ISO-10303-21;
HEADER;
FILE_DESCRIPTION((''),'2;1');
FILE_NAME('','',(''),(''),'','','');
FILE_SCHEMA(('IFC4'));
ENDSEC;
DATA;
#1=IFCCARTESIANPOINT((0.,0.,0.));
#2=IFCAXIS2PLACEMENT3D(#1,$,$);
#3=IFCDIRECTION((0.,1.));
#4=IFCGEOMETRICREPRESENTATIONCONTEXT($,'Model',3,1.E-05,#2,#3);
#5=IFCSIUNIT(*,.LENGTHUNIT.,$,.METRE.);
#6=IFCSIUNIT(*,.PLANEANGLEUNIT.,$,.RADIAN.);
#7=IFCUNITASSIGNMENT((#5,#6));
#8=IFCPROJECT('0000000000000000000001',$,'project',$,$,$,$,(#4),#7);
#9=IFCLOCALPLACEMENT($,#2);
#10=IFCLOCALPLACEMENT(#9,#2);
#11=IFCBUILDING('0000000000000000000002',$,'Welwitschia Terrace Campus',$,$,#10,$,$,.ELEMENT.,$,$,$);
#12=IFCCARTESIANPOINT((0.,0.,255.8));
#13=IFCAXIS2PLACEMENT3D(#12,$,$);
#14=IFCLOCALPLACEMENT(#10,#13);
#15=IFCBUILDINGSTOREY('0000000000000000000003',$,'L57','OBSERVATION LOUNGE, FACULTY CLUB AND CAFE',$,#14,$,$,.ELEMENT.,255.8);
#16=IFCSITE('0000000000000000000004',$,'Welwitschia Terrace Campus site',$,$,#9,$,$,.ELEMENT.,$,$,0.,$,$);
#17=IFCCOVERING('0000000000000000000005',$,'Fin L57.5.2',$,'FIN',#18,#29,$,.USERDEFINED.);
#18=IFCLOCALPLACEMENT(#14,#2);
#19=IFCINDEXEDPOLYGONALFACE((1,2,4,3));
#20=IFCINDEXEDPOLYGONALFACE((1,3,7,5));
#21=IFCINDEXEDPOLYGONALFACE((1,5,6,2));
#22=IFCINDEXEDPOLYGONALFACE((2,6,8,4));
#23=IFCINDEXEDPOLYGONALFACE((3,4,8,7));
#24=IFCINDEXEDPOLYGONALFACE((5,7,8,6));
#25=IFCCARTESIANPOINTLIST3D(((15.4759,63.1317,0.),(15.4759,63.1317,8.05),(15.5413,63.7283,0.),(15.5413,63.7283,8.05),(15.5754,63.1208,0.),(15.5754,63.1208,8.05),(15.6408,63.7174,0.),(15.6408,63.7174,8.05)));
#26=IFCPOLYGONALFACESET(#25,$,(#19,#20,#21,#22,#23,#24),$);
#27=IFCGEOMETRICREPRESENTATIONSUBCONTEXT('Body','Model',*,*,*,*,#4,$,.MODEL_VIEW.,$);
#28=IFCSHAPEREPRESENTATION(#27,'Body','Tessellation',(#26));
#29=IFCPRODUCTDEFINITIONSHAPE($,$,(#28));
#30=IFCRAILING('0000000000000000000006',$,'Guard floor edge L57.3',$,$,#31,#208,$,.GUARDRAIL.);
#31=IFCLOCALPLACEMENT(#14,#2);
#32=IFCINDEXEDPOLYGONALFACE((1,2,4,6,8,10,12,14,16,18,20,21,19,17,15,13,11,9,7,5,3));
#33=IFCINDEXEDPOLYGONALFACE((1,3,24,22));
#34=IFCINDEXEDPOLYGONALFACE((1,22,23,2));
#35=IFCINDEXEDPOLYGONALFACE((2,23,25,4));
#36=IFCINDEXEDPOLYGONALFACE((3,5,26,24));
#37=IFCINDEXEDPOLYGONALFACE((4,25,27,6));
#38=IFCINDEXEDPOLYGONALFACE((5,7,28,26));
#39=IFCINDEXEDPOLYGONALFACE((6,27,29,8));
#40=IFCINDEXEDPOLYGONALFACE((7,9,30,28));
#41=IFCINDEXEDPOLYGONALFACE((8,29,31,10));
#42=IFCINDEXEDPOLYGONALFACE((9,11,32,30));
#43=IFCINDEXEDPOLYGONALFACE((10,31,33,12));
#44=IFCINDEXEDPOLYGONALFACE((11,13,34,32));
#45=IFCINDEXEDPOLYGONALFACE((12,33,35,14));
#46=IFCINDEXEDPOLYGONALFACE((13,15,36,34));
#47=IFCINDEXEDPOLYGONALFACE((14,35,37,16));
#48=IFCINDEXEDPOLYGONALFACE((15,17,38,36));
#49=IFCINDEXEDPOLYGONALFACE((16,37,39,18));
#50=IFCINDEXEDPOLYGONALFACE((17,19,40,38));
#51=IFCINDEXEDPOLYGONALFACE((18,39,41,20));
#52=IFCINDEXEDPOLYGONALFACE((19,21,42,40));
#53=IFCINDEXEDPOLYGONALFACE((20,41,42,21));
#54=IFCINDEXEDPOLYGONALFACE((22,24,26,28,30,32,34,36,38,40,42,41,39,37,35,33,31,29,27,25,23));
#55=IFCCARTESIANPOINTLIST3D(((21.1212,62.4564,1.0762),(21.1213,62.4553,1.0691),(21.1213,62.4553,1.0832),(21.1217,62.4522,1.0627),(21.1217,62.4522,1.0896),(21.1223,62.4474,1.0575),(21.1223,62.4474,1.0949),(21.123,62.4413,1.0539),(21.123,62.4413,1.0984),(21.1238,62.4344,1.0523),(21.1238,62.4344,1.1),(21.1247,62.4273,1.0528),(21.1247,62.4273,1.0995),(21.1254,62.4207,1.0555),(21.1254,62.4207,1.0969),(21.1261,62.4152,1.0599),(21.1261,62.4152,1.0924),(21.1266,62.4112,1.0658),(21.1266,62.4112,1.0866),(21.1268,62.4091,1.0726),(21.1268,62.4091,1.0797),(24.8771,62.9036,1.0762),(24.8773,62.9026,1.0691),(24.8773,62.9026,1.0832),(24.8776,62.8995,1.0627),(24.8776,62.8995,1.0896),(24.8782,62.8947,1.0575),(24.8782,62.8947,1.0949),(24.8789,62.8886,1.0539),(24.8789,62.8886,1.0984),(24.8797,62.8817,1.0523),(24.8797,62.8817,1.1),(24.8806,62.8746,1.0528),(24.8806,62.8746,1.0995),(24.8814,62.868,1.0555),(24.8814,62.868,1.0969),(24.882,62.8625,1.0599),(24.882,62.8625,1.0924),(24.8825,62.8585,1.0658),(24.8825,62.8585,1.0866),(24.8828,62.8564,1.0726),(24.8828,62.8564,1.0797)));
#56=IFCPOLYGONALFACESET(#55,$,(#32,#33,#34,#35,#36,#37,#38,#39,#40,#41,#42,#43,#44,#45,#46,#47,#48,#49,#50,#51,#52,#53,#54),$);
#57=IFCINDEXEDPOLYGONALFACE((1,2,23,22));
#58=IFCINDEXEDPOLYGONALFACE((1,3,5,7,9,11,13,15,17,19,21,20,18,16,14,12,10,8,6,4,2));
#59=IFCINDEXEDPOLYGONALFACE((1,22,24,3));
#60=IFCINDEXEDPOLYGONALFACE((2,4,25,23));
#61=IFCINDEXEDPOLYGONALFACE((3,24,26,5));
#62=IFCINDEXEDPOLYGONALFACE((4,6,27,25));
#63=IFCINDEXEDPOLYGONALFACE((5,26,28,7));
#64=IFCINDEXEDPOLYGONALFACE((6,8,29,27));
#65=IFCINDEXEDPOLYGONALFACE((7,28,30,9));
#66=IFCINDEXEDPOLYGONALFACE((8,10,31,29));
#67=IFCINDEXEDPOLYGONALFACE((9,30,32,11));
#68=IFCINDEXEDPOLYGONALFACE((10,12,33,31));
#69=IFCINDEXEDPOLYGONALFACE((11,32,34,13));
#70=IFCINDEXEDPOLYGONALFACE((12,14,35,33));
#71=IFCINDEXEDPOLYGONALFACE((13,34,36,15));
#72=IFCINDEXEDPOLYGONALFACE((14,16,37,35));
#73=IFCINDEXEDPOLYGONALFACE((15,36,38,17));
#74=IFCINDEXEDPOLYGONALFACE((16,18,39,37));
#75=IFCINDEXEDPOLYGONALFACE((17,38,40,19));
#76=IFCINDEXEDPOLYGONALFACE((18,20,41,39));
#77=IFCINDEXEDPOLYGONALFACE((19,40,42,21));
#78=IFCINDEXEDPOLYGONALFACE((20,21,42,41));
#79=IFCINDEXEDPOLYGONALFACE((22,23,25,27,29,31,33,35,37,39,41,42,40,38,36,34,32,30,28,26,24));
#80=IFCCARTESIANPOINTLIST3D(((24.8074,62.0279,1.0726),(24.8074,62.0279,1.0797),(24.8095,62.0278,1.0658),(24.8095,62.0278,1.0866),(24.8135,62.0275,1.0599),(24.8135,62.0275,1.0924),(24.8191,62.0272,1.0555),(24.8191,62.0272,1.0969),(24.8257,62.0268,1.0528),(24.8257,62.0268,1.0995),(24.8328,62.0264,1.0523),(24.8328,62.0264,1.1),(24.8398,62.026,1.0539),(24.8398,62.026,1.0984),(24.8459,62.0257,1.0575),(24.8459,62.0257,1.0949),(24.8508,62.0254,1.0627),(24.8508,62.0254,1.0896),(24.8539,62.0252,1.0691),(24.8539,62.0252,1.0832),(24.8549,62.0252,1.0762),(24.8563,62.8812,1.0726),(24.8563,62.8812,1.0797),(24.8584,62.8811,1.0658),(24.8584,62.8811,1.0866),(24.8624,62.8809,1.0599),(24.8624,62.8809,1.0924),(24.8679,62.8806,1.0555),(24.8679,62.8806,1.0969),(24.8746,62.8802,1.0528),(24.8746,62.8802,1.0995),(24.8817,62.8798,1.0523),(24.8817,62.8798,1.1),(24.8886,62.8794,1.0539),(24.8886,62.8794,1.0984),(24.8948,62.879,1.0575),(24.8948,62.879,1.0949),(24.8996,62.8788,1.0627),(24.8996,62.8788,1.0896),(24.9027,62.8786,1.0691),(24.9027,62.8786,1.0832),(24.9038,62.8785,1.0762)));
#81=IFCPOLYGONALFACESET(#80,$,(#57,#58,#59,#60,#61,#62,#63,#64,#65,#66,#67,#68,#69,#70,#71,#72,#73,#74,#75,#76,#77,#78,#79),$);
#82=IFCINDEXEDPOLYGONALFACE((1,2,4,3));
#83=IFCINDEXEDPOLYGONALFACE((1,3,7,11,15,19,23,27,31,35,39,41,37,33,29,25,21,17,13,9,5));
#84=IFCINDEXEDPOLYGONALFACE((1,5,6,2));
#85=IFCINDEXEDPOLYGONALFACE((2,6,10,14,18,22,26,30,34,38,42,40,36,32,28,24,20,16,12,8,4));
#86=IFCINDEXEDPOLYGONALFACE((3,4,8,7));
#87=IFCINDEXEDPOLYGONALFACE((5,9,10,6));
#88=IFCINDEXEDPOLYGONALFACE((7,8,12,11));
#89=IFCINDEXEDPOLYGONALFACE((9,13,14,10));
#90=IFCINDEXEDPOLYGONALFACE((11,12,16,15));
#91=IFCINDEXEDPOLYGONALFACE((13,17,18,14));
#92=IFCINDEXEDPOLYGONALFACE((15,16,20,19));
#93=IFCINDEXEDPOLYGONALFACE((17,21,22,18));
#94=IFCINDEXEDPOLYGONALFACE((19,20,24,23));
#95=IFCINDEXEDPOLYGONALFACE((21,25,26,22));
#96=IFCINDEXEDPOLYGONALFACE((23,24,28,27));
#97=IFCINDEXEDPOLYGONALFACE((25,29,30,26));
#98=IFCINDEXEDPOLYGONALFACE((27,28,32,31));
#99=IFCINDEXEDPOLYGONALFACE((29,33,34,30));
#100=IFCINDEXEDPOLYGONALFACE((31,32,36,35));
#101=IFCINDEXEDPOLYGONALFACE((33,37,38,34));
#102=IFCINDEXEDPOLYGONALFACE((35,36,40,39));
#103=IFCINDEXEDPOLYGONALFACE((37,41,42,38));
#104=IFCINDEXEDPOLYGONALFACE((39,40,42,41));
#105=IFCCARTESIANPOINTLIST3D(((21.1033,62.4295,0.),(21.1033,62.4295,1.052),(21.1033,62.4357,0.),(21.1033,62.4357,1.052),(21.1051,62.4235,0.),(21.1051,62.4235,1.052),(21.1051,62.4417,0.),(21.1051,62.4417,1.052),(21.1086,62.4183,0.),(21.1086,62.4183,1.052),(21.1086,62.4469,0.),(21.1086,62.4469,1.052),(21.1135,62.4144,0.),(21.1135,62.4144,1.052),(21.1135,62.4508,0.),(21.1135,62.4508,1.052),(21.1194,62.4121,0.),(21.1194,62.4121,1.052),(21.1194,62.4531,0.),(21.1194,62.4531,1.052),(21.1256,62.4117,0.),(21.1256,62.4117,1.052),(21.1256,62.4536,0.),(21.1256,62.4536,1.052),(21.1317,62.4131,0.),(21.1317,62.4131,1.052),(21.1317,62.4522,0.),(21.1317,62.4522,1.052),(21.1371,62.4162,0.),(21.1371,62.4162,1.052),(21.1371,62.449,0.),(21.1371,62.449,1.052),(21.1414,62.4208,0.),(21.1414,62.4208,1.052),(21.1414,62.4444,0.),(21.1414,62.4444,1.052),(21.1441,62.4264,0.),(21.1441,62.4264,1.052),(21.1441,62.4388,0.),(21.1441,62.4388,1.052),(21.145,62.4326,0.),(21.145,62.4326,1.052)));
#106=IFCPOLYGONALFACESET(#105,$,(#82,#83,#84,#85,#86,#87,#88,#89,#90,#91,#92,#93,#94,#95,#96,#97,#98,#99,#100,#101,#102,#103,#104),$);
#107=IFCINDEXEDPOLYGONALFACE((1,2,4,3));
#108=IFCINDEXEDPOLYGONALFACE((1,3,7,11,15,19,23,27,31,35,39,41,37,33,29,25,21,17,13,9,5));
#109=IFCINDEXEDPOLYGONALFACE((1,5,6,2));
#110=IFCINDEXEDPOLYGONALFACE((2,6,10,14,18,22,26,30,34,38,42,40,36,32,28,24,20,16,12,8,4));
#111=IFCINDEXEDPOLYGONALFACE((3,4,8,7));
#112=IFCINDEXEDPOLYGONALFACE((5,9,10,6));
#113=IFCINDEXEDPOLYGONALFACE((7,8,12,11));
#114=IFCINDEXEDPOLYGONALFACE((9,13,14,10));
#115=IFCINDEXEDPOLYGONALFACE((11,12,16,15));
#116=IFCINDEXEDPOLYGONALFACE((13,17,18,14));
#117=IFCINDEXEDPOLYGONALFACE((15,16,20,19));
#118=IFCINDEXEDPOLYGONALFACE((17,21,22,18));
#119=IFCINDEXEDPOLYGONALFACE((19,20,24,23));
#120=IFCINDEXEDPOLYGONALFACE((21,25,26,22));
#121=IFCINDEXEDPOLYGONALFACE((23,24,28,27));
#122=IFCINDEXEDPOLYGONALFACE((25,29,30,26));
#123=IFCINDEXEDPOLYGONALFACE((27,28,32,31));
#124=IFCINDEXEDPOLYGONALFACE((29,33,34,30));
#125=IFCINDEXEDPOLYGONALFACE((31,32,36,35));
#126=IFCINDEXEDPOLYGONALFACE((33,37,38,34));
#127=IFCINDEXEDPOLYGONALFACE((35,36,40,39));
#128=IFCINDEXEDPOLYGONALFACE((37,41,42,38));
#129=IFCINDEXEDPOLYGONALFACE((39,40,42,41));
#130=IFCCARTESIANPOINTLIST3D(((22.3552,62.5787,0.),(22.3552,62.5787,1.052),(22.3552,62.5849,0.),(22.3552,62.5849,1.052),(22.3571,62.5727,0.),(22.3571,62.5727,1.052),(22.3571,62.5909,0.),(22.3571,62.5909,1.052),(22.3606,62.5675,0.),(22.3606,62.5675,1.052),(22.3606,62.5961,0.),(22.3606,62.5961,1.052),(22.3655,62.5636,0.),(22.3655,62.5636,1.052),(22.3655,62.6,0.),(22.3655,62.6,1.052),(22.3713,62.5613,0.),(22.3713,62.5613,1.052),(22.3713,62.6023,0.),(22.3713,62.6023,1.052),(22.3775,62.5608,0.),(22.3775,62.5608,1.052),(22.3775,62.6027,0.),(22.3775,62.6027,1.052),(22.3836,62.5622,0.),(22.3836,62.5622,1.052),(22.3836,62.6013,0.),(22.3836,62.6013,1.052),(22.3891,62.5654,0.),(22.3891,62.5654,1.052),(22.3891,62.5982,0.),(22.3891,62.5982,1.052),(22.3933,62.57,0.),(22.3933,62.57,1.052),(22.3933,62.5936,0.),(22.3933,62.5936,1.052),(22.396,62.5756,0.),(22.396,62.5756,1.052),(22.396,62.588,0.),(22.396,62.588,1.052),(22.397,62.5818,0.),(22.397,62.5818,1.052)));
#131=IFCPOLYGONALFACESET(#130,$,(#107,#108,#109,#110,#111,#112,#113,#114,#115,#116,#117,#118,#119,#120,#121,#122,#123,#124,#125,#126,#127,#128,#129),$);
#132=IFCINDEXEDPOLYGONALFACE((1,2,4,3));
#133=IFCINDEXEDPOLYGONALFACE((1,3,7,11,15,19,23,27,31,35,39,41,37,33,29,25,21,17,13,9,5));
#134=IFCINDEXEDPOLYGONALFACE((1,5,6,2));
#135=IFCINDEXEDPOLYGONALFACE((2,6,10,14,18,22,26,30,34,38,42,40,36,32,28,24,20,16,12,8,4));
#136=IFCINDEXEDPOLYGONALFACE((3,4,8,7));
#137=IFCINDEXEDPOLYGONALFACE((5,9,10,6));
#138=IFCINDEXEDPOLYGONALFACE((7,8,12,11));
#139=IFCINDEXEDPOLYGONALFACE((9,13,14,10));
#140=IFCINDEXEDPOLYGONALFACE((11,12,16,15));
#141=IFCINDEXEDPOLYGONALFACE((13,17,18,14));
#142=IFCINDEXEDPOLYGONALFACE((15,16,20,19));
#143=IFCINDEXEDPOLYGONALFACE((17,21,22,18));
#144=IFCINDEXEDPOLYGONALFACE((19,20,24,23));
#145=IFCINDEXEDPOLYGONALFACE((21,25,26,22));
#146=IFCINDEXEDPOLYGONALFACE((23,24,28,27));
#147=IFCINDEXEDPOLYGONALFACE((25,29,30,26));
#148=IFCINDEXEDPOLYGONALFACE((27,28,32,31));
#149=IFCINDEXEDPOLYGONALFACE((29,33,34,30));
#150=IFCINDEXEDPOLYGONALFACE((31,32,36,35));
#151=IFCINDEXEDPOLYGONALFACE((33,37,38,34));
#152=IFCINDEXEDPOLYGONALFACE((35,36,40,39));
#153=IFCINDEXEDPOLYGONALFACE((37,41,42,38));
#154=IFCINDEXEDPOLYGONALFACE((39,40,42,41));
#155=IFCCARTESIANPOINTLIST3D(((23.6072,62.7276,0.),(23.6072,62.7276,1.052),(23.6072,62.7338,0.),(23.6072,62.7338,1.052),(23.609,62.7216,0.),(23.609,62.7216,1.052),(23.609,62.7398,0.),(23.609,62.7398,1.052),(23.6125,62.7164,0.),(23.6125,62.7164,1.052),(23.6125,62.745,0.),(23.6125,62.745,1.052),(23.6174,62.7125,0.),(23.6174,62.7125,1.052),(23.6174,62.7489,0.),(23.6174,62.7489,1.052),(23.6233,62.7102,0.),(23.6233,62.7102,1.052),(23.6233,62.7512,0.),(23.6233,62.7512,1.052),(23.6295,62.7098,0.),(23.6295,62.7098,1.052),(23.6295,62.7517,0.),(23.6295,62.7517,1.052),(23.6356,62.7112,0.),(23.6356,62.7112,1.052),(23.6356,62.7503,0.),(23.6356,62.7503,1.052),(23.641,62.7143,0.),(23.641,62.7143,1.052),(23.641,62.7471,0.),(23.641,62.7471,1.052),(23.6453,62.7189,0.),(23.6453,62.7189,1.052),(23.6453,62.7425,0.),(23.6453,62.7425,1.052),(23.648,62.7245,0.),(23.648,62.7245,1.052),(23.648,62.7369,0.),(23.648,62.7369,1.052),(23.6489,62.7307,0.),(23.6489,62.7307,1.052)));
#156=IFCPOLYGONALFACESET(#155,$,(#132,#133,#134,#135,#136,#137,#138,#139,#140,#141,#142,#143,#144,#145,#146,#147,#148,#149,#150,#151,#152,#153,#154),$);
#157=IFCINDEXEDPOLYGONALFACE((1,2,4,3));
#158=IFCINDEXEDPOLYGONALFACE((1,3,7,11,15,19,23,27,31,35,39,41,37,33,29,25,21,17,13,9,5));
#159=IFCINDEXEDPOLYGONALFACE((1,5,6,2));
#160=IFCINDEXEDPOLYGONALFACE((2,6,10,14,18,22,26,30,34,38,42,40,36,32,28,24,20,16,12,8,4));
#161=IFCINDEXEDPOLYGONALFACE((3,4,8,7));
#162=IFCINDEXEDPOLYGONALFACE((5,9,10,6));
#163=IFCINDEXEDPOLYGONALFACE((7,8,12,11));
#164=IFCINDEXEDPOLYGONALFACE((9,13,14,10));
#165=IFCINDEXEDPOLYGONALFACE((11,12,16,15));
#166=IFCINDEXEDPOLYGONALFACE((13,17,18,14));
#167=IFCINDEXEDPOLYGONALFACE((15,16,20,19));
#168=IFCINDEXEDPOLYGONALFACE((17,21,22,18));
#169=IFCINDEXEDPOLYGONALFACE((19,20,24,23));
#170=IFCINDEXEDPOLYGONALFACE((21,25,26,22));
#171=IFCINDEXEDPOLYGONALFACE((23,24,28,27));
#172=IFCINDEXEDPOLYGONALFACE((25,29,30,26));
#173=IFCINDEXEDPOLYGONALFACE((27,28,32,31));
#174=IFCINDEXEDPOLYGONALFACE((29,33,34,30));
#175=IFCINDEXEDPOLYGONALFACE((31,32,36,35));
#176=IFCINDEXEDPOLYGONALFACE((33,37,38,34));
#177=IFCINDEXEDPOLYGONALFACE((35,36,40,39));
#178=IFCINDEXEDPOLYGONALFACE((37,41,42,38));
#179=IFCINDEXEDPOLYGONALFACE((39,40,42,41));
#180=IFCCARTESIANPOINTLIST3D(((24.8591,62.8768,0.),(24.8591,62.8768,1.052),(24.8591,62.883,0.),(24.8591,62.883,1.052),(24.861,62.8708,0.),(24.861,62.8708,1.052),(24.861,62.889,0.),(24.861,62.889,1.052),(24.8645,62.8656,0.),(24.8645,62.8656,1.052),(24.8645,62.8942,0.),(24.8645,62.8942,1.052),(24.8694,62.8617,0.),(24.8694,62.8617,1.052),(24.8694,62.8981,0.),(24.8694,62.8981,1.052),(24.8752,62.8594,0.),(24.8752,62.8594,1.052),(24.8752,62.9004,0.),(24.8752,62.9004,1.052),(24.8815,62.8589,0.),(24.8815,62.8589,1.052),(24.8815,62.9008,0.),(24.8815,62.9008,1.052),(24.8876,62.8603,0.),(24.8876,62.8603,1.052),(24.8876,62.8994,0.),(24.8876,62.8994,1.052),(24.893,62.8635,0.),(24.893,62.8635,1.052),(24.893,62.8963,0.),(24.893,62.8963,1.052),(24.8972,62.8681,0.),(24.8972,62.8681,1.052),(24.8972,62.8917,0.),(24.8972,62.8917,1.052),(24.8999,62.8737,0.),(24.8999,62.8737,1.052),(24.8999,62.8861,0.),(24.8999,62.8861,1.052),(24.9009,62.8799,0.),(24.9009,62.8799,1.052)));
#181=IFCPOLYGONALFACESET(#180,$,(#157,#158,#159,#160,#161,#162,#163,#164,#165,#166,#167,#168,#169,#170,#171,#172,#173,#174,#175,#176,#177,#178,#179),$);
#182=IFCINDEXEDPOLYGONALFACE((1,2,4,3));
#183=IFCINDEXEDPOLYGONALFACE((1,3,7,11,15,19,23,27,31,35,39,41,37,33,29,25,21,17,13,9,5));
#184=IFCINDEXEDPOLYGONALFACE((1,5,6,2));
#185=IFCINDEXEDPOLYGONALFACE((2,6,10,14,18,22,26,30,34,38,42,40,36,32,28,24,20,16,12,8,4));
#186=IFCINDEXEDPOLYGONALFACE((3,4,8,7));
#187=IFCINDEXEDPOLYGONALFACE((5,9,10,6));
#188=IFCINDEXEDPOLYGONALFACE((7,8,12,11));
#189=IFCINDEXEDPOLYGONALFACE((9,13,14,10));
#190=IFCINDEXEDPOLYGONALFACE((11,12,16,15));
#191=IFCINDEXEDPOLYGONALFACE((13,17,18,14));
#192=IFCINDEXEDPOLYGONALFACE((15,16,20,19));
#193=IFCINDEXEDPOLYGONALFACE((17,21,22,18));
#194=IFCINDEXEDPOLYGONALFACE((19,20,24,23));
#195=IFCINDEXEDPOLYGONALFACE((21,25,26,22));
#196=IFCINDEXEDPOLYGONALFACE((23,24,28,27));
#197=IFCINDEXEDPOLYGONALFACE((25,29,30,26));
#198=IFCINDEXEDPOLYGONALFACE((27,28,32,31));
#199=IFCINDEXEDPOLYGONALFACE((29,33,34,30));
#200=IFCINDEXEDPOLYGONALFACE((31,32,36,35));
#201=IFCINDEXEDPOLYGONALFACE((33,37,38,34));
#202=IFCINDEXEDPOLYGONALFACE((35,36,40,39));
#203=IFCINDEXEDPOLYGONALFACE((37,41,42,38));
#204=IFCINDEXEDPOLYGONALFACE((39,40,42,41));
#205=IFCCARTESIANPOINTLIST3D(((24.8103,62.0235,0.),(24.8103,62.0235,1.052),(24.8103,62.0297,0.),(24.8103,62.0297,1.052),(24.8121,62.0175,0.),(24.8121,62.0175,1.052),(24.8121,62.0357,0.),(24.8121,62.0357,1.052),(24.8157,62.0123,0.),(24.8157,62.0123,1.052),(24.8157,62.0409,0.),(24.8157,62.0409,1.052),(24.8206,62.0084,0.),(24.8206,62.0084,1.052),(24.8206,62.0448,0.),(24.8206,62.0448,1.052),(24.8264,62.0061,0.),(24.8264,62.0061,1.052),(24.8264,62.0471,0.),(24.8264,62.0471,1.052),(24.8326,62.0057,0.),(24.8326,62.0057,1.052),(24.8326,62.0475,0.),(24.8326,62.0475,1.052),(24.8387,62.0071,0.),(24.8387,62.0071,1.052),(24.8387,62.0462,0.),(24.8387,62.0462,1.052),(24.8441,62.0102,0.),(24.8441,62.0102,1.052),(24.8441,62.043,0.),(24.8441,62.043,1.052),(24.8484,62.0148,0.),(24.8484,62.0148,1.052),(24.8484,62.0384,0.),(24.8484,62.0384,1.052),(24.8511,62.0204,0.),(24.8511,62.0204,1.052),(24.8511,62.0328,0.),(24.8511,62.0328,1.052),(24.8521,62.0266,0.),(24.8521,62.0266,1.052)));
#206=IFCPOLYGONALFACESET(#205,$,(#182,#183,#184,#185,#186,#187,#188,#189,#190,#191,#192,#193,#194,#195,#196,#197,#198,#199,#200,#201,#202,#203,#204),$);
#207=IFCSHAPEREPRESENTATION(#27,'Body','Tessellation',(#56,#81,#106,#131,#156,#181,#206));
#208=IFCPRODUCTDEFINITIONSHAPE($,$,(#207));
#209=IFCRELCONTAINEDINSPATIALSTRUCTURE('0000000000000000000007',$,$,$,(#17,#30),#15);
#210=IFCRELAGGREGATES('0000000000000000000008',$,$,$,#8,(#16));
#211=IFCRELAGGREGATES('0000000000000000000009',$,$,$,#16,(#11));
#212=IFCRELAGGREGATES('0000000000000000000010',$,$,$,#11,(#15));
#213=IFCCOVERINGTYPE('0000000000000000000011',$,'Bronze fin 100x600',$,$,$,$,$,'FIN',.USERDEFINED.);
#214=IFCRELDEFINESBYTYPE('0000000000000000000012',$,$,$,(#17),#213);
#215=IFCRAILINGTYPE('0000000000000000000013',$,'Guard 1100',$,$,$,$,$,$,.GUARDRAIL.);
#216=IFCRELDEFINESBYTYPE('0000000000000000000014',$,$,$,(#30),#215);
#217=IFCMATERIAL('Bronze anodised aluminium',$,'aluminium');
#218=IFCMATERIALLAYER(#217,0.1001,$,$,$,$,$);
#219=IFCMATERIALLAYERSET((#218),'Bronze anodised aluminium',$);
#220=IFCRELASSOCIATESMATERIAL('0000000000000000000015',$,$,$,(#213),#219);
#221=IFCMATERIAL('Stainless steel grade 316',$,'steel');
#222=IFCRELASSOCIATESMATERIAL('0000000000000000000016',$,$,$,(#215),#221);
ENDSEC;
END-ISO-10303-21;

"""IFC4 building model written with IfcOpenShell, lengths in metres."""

from ifc_helpers import new_model, si_unit, direction, frame, origin, origin_2d, place, context, subcontext, project, spatial, rectangle, circle, extrude, material, layer, layer_set, type_object, element, save


model = new_model("IFC4")

# Units and contexts
model_context = context("Model", 3, precision=1e-05, world=origin(), true_north=direction((0.0, 1.0)))
body_context = subcontext(model_context, "Body", "Model", "MODEL_VIEW")
ifc_project = project(units=[si_unit("LENGTHUNIT", "METRE"), si_unit("PLANEANGLEUNIT", "RADIAN")], contexts=[model_context])

# Site, building, storey
site_placement = place(None, origin())
site = spatial("IfcSite", under=ifc_project, at=site_placement, Name="Welwitschia Terrace Campus site", CompositionType="ELEMENT", RefElevation=0.0)
building_placement = place(site_placement, origin())
building = spatial("IfcBuilding", under=site, at=building_placement, Name="Welwitschia Terrace Campus", CompositionType="ELEMENT")
storey_placement = place(building_placement, frame((0.0, 0.0, 255.8)))
storey = spatial("IfcBuildingStorey", under=building, at=storey_placement, Name="L57", Description="OBSERVATION LOUNGE, FACULTY CLUB AND CAFE", CompositionType="ELEMENT", Elevation=255.8)

# Covering
ifc_material_1 = material(Name="Bronze anodised aluminium", Category="aluminium")
ifc_layer_1 = layer(ifc_material_1, 0.1001)
ifc_layer_set_1 = layer_set([ifc_layer_1], Name="Bronze anodised aluminium")
covering_type = type_object("IfcCoveringType", Name="Bronze fin 100x600", ElementType="FIN", PredefinedType="USERDEFINED", material=ifc_layer_set_1)
for number, where, z_axis, x_axis, name in (
    (1, (15.5583, 63.4246, 0.0), (0.0, 0.0, 1.0), (-0.994056, 0.108867, 0.0), "Fin L57.5.2"),
):
    element("IfcCovering", number, at=place(storey_placement, frame(where, z_axis=z_axis, x_axis=x_axis)), inside=storey, type_object=covering_type, Name=name, ObjectType="FIN", PredefinedType="USERDEFINED", context=body_context, shape_type="SweptSolid", body=[
        extrude(rectangle(XDim=0.1001, YDim=0.6001, at=origin_2d()), origin(), (0.0, 0.0, 1.0), 8.05),
    ])

# Railing
ifc_material_2 = material(Name="Stainless steel grade 316", Category="steel")
railing_type = type_object("IfcRailingType", Name="Guard 1100", PredefinedType="GUARDRAIL", material=ifc_material_2)
railing_1_placement = place(storey_placement, frame((21.124, 62.4326, 0.0)))
element("IfcRailing", 2, at=railing_1_placement, inside=storey, type_object=railing_type, Name="Guard floor edge L57.3", PredefinedType="GUARDRAIL", context=body_context, shape_type="SweptSolid", body=[
    extrude(circle(Radius=0.0239, at=origin_2d()), frame((0.0, 0.0, 1.0762), z_axis=(0.992984, 0.118249, 0.0), x_axis=(-0.118249, 0.992984, 0.0)), (0.0, 0.0, 1.0), 3.7825),
    extrude(circle(Radius=0.0239, at=origin_2d()), frame((3.7559, 0.4473, 1.0762), z_axis=(-0.057131, -0.998367, 0.0), x_axis=(0.998367, -0.057131, 0.0)), (0.0, 0.0, 1.0), 0.8547),
    extrude(circle(Radius=0.021, at=origin_2d()), origin(), (0.0, 0.0, 1.0), 1.052),
    extrude(circle(Radius=0.021, at=origin_2d()), frame((1.252, 0.1492, 0.0)), (0.0, 0.0, 1.0), 1.052),
    extrude(circle(Radius=0.021, at=origin_2d()), frame((2.5039, 0.2981, 0.0)), (0.0, 0.0, 1.0), 1.052),
    extrude(circle(Radius=0.021, at=origin_2d()), frame((3.7559, 0.4473, 0.0)), (0.0, 0.0, 1.0), 1.052),
    extrude(circle(Radius=0.021, at=origin_2d()), frame((3.707, -0.406, 0.0)), (0.0, 0.0, 1.0), 1.052),
])

save(model, "model.ifc")
